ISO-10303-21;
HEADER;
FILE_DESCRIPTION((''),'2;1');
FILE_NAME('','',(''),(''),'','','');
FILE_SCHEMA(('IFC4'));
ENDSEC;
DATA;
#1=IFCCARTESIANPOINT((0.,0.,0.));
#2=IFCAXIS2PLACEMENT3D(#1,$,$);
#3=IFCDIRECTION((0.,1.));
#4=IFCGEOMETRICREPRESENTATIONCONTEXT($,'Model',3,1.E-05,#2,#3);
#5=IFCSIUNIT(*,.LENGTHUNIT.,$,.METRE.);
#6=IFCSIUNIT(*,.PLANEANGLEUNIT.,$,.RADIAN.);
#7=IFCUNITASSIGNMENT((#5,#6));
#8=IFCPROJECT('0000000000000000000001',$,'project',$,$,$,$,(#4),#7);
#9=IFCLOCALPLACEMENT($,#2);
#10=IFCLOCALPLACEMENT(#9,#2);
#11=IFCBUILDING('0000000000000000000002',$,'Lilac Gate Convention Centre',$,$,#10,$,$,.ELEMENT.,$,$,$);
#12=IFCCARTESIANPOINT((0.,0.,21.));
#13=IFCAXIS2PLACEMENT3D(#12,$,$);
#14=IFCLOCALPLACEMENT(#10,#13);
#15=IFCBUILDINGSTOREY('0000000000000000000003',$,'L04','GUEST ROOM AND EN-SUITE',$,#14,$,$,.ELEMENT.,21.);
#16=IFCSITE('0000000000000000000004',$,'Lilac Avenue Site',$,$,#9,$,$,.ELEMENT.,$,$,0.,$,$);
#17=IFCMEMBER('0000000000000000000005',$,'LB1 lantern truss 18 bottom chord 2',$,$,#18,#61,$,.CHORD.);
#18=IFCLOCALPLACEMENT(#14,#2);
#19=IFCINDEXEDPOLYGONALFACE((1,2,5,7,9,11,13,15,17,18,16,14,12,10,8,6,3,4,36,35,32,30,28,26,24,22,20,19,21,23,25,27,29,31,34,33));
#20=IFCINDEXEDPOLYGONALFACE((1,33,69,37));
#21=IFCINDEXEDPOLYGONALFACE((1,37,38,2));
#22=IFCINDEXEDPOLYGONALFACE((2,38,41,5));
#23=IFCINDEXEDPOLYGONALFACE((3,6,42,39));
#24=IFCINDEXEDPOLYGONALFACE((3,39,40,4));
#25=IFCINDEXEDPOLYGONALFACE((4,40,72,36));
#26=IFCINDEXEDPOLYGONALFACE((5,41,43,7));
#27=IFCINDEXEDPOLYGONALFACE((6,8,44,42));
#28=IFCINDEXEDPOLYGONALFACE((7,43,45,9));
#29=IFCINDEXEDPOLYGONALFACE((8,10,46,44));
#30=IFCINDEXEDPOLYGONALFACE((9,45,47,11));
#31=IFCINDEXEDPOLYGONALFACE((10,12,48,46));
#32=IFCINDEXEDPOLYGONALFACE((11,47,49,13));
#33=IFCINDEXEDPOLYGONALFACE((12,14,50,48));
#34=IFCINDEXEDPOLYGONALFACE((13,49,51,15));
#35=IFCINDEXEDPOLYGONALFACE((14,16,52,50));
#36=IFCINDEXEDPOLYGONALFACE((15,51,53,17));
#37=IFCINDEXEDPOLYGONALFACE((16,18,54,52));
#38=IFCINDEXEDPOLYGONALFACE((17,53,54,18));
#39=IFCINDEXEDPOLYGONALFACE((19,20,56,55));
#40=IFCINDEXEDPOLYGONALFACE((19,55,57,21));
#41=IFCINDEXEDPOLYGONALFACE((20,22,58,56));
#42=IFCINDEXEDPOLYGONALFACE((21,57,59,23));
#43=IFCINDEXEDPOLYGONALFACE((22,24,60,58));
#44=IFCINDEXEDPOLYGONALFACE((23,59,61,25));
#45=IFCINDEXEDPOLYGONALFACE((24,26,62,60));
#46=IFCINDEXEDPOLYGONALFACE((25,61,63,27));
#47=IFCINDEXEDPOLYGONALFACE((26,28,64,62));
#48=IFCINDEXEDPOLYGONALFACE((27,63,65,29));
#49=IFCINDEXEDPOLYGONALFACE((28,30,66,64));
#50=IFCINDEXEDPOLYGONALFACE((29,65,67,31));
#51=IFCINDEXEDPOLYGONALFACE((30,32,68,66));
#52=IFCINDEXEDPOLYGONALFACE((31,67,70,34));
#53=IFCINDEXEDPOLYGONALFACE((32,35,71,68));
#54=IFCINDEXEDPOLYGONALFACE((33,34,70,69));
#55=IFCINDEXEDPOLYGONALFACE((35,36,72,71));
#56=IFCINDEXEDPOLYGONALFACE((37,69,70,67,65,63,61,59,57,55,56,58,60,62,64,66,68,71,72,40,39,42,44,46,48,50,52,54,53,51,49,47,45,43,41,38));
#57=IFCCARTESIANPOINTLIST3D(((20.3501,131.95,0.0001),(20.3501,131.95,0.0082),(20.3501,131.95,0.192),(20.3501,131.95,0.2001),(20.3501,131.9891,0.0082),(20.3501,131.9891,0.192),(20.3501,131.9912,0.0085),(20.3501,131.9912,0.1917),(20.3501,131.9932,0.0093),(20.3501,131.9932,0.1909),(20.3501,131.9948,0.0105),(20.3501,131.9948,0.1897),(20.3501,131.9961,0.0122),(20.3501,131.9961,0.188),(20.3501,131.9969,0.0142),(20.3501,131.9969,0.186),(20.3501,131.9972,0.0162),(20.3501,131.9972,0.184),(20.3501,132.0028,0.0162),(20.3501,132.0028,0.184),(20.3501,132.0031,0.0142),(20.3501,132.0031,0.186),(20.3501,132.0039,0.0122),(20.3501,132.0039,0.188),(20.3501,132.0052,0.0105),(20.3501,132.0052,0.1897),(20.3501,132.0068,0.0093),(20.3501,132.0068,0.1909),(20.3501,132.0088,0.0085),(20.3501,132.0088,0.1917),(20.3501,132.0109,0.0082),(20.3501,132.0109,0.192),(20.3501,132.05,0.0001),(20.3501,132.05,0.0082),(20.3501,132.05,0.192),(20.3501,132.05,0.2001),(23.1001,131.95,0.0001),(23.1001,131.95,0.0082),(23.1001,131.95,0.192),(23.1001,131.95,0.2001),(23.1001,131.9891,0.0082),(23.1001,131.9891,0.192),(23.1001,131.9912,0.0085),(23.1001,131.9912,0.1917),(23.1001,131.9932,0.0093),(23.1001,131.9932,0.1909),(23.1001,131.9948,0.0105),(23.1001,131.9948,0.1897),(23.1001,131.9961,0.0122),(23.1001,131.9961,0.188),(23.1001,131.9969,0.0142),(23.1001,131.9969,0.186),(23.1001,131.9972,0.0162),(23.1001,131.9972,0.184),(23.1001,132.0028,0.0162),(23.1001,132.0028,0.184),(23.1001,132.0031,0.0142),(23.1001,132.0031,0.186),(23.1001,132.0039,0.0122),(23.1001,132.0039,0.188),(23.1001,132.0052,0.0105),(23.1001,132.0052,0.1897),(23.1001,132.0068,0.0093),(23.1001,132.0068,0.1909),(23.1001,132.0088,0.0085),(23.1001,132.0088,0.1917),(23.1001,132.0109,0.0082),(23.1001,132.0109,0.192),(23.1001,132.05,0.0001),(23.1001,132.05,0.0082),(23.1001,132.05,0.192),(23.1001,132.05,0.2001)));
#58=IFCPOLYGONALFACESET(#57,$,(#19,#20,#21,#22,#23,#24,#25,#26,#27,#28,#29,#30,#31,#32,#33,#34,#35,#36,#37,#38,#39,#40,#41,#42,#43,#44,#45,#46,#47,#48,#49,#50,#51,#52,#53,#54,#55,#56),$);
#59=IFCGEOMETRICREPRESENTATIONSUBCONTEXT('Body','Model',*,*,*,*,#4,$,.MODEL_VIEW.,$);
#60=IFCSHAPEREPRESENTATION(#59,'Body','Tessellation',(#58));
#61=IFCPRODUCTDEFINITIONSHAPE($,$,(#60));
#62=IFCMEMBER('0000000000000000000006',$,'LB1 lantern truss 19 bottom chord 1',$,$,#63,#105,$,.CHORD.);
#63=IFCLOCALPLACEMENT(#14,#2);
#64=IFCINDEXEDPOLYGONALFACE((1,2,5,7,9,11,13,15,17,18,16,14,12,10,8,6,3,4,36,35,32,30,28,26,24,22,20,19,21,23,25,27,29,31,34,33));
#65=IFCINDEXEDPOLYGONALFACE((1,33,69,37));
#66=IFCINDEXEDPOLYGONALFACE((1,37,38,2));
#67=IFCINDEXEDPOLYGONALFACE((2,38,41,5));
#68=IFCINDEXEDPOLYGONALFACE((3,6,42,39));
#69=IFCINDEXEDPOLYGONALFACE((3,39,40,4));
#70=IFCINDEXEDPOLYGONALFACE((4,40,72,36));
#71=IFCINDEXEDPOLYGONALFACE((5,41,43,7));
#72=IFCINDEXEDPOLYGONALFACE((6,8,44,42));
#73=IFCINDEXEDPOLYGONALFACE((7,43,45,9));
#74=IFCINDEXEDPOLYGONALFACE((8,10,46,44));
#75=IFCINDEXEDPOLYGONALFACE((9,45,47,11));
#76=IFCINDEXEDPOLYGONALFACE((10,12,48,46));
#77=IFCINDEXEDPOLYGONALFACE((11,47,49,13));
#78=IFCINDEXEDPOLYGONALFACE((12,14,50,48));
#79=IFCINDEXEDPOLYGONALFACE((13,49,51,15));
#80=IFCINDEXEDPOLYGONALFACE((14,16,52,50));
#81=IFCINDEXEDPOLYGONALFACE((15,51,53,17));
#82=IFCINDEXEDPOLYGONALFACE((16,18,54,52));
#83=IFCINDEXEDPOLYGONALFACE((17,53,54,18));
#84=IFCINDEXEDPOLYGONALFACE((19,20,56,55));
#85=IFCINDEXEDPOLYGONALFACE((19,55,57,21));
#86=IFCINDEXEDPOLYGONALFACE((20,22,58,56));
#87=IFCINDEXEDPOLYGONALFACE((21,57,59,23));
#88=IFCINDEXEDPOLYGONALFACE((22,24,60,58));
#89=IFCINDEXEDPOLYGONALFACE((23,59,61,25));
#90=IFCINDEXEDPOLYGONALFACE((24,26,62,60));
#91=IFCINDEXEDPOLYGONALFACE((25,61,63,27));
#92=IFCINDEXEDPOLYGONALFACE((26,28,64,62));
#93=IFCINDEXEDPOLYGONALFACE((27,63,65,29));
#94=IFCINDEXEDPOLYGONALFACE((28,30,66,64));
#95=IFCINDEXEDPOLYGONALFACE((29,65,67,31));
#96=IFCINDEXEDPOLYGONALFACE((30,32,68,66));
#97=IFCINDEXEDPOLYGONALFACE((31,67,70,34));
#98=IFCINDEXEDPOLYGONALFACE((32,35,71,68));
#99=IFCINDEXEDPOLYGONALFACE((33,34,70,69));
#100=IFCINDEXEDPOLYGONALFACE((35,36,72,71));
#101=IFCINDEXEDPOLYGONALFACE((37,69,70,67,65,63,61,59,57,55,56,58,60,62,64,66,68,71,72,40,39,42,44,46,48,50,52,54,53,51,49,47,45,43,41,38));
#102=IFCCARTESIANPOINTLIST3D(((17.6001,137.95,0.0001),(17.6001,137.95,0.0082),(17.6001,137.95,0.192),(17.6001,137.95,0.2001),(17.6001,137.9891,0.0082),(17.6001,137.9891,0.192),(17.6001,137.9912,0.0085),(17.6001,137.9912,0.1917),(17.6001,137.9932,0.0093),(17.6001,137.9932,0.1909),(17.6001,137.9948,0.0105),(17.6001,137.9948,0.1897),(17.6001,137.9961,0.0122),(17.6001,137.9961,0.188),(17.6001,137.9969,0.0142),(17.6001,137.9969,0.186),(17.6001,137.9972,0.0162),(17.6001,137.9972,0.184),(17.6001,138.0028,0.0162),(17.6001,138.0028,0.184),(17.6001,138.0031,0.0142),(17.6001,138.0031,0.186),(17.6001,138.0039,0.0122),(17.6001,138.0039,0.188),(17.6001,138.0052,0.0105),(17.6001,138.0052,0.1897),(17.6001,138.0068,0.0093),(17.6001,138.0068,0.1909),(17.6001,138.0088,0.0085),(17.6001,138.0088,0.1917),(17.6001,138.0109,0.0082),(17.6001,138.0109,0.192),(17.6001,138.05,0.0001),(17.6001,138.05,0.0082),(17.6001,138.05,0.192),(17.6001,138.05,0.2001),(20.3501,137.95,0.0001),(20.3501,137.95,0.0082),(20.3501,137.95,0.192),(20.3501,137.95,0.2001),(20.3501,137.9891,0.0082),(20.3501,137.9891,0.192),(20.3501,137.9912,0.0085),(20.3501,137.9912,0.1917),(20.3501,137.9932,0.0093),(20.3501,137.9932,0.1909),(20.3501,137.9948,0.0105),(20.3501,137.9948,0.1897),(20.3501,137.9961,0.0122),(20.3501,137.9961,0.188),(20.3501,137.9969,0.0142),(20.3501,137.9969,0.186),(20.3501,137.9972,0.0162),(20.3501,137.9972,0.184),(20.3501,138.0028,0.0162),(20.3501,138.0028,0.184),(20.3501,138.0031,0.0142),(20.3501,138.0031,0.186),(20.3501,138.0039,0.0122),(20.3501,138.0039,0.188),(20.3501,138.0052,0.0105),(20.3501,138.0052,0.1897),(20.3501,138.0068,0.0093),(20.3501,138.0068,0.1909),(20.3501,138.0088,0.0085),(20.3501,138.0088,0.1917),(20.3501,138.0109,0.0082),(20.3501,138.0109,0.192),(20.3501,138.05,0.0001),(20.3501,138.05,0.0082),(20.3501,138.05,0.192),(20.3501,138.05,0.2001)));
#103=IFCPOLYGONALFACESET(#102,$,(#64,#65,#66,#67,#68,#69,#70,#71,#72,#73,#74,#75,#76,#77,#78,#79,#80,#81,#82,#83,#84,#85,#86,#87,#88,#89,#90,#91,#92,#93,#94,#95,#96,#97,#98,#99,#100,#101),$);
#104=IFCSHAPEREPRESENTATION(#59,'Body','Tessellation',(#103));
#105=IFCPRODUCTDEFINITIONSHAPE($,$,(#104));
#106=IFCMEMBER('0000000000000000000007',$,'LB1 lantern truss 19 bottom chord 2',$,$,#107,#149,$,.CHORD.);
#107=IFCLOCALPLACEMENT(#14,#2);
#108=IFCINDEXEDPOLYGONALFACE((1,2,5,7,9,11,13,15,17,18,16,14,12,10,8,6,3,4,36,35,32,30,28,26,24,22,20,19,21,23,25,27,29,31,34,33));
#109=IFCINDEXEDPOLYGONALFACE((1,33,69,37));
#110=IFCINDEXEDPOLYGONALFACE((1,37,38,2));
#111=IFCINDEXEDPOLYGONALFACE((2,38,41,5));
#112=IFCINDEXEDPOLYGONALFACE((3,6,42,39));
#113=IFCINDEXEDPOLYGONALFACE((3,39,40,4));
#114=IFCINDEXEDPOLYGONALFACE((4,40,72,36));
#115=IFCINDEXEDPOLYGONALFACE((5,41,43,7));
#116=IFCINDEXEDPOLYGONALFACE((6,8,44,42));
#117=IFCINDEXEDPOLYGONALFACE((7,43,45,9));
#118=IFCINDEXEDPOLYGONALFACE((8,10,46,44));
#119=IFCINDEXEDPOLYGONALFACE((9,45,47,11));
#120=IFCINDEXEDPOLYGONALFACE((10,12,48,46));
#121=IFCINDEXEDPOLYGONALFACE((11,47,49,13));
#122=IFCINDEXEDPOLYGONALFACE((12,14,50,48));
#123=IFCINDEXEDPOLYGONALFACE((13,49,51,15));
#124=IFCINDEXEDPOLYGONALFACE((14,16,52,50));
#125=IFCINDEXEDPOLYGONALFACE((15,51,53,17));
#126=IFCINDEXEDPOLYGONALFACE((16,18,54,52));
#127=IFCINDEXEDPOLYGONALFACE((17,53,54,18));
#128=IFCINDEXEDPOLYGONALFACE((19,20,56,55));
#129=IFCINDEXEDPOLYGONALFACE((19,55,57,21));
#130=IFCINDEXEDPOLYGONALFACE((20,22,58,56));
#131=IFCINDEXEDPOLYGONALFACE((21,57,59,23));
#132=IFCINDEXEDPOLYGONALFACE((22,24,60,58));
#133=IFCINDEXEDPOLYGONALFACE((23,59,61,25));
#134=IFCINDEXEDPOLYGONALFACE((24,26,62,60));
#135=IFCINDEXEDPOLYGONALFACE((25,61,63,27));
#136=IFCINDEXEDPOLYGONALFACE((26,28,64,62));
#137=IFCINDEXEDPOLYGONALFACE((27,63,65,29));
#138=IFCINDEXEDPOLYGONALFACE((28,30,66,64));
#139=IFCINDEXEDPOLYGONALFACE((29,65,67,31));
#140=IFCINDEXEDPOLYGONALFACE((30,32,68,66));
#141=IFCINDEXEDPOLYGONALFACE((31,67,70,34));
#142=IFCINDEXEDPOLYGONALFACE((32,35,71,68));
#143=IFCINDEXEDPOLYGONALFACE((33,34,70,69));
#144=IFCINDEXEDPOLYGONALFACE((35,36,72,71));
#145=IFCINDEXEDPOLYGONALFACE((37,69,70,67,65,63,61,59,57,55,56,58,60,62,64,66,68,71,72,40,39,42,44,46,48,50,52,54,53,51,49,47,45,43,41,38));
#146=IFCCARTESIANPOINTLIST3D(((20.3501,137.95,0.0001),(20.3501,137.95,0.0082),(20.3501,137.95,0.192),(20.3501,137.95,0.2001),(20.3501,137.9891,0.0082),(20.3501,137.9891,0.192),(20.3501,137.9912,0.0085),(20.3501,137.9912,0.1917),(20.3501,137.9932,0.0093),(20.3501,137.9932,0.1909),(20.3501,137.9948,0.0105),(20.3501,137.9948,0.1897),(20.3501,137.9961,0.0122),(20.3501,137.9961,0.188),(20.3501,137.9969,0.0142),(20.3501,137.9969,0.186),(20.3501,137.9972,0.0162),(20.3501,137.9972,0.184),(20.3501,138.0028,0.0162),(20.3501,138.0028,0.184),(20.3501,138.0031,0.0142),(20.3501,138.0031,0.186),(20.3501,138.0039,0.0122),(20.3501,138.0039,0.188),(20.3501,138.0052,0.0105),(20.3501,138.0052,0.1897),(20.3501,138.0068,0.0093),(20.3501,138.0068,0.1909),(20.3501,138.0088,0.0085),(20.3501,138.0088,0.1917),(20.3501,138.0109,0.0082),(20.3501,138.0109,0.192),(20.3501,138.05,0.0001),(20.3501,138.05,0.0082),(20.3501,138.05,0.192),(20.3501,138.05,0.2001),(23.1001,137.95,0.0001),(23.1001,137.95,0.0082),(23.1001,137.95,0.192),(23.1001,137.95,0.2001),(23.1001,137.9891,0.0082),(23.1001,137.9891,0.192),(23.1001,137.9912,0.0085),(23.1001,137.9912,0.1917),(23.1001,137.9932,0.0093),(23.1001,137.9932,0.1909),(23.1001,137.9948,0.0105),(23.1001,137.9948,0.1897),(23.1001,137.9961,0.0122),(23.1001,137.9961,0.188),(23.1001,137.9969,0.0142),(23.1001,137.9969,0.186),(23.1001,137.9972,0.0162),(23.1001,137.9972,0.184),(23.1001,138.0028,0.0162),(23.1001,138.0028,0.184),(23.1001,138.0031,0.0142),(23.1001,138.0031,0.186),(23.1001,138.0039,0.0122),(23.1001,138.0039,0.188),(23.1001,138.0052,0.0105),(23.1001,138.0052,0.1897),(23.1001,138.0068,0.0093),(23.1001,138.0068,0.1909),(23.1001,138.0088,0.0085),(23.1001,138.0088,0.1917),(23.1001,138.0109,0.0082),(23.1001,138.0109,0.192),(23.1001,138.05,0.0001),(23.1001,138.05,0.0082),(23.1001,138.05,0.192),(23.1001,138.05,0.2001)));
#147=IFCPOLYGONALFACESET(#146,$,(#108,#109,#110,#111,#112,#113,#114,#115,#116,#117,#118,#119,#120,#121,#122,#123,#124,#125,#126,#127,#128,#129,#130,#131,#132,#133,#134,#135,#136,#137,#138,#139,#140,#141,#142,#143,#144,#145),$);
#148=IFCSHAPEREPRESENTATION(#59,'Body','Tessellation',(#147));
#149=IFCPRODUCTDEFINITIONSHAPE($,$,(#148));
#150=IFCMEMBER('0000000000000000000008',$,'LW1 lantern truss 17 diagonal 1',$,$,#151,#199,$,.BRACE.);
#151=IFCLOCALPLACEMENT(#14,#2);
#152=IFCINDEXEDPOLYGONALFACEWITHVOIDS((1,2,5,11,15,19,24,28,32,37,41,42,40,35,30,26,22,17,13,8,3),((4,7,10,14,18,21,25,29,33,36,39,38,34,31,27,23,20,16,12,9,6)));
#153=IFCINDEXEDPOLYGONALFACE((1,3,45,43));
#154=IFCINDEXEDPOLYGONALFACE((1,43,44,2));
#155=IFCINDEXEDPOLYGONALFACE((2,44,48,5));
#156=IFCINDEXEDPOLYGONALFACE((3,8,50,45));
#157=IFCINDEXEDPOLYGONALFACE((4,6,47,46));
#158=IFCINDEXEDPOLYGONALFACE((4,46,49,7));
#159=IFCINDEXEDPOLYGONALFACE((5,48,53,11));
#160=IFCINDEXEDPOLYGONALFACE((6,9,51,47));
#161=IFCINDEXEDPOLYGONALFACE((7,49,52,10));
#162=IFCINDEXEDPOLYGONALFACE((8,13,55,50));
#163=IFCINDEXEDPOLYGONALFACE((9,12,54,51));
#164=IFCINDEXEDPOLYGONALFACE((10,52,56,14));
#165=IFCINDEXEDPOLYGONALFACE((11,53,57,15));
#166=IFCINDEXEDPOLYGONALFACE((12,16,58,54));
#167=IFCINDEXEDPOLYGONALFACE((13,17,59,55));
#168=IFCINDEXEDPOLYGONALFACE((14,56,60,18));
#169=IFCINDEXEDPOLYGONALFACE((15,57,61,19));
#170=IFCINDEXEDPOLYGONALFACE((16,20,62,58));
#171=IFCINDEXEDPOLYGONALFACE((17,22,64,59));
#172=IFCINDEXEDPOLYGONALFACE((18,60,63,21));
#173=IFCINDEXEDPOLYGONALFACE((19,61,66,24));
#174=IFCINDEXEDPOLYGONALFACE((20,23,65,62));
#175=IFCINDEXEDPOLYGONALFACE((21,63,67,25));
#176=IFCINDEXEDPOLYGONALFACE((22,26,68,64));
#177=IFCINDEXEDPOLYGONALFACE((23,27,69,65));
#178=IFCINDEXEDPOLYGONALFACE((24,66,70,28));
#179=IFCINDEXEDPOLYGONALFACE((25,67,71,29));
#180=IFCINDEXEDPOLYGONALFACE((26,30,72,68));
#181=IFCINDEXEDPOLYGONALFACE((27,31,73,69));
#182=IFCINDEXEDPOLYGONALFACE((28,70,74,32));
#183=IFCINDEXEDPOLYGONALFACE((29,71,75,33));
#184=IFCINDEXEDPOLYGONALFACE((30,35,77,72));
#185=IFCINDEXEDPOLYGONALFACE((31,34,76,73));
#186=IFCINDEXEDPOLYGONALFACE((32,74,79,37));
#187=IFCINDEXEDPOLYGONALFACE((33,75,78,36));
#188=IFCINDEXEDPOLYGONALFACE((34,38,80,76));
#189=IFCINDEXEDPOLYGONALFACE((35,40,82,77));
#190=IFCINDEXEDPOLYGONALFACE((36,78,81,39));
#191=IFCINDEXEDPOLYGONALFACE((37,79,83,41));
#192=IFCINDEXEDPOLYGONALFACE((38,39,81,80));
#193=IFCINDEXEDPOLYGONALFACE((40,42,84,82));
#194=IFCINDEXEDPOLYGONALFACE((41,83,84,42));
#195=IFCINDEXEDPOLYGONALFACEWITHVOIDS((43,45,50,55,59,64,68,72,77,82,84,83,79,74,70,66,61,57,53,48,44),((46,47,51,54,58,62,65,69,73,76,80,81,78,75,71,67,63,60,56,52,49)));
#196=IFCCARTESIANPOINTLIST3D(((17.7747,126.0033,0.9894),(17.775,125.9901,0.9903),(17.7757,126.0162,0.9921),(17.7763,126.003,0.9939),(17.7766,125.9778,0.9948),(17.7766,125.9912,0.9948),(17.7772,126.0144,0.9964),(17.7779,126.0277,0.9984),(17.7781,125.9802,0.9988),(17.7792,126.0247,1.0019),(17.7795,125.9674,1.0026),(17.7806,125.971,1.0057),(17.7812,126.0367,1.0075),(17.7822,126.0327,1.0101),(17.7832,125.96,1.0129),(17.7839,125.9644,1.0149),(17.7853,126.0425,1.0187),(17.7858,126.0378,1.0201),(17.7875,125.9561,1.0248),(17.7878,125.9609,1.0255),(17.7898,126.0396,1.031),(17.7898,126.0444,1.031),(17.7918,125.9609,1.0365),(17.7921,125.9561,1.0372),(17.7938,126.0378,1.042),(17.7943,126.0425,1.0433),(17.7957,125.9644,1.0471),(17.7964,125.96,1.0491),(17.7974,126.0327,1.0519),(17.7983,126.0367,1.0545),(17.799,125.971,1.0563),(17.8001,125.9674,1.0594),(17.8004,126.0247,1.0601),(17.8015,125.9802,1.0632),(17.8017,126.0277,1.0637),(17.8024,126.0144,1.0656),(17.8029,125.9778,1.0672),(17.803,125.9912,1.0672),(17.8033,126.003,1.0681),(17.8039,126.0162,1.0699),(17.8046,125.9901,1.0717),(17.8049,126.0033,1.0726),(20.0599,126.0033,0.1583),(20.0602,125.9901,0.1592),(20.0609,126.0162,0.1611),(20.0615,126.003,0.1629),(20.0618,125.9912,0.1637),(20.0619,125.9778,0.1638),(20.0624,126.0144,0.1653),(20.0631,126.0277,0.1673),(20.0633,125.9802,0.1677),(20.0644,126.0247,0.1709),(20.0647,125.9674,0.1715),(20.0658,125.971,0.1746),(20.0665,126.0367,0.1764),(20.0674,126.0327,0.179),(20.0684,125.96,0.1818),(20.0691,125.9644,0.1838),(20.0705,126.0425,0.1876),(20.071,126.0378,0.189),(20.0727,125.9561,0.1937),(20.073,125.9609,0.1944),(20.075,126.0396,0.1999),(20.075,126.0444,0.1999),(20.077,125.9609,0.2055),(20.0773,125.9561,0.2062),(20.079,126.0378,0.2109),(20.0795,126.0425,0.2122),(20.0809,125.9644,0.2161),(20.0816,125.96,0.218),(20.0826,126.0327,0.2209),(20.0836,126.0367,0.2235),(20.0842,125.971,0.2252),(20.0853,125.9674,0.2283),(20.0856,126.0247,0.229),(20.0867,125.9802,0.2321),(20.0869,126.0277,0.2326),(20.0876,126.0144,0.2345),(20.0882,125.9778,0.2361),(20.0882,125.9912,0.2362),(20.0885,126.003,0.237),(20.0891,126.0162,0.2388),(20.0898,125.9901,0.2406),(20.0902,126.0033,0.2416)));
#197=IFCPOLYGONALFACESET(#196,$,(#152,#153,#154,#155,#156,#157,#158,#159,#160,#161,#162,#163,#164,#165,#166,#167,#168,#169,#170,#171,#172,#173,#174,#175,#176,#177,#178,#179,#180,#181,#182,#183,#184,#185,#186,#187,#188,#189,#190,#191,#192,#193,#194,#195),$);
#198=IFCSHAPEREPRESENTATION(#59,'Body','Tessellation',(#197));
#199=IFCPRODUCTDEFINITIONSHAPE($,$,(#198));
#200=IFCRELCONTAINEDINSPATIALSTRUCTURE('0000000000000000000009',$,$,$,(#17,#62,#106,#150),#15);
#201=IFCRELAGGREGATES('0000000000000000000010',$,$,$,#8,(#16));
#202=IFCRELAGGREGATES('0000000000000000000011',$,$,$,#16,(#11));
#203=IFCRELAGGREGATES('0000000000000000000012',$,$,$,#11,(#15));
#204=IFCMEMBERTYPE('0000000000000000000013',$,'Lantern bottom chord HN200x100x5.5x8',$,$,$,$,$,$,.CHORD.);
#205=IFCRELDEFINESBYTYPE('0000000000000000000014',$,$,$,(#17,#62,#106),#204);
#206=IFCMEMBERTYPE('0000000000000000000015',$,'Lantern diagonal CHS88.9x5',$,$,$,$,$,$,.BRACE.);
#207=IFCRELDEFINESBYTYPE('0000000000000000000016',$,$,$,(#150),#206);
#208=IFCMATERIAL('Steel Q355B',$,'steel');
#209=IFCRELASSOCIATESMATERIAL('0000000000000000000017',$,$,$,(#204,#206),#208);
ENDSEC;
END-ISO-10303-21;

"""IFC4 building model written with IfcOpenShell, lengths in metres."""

from ifc_helpers import new_model, si_unit, direction, frame, origin, origin_2d, place, context, subcontext, project, spatial, hollow_circle, i_section, extrude, material, material_profile, profile_set, type_object, element, save


model = new_model("IFC4")

# Units and contexts
model_context = context("Model", 3, precision=1e-05, world=origin(), true_north=direction((0.0, 1.0)))
body_context = subcontext(model_context, "Body", "Model", "MODEL_VIEW")
ifc_project = project(units=[si_unit("LENGTHUNIT", "METRE"), si_unit("PLANEANGLEUNIT", "RADIAN")], contexts=[model_context])

# Site, building, storey
site_placement = place(None, origin())
site = spatial("IfcSite", under=ifc_project, at=site_placement, Name="Lilac Avenue Site", CompositionType="ELEMENT", RefElevation=0.0)
building_placement = place(site_placement, origin())
building = spatial("IfcBuilding", under=site, at=building_placement, Name="Lilac Gate Convention Centre", CompositionType="ELEMENT")
storey_placement = place(building_placement, frame((0.0, 0.0, 21.0)))
storey = spatial("IfcBuildingStorey", under=building, at=storey_placement, Name="L04", Description="GUEST ROOM AND EN-SUITE", CompositionType="ELEMENT", Elevation=21.0)

# Members
ifc_material_1 = material(Name="Steel Q355B", Category="steel")
ifc_material_profile_1 = material_profile(ifc_material_1, i_section(OverallWidth=0.1001, OverallDepth=0.2, WebThickness=0.0056, FlangeThickness=0.0081, FilletRadius=0.0081, at=origin_2d()), Name="HN200x100x5.5x8")
ifc_profile_set_1 = profile_set([ifc_material_profile_1], Name="Steel Q355B")
member_type_1 = type_object("IfcMemberType", Name="Lantern bottom chord HN200x100x5.5x8", PredefinedType="CHORD", material=ifc_profile_set_1)
for number, where, z_axis, x_axis, name in (
    (1, (20.3501, 132.0, 0.1001), (1.0, 0.0, 0.0), (0.0, 1.0, 0.0), "LB1 lantern truss 18 bottom chord 2"),
    (2, (17.6001, 138.0, 0.1001), (1.0, 0.0, 0.0), (0.0, 1.0, 0.0), "LB1 lantern truss 19 bottom chord 1"),
    (3, (20.3501, 138.0, 0.1001), (1.0, 0.0, 0.0), (0.0, 1.0, 0.0), "LB1 lantern truss 19 bottom chord 2"),
):
    element("IfcMember", number, at=place(storey_placement, frame(where, z_axis=z_axis, x_axis=x_axis)), inside=storey, type_object=member_type_1, Name=name, PredefinedType="CHORD", context=body_context, shape_type="SweptSolid", body=[
        extrude(i_section(OverallWidth=0.1001, OverallDepth=0.2, WebThickness=0.0056, FlangeThickness=0.0081, FilletRadius=0.0081, at=origin_2d()), origin(), (0.0, 0.0, 1.0), 2.75),
    ])
ifc_material_profile_2 = material_profile(ifc_material_1, hollow_circle(Radius=0.0444, WallThickness=0.0049, at=origin_2d()), Name="CHS88.9x5")
ifc_profile_set_2 = profile_set([ifc_material_profile_2], Name="Steel Q355B")
member_type_2 = type_object("IfcMemberType", Name="Lantern diagonal CHS88.9x5", PredefinedType="BRACE", material=ifc_profile_set_2)
member_1_placement = place(storey_placement, frame((17.7898, 126.0, 1.031), z_axis=(0.939782, 0.0, -0.341775), x_axis=(0.0, 1.0, 0.0)))
element("IfcMember", 4, at=member_1_placement, inside=storey, type_object=member_type_2, Name="LW1 lantern truss 17 diagonal 1", PredefinedType="BRACE", context=body_context, shape_type="SweptSolid", body=[
    extrude(hollow_circle(Radius=0.0444, WallThickness=0.0049, at=origin_2d()), origin(), (0.0, 0.0, 1.0), 2.4316),
])

save(model, "model.ifc")
